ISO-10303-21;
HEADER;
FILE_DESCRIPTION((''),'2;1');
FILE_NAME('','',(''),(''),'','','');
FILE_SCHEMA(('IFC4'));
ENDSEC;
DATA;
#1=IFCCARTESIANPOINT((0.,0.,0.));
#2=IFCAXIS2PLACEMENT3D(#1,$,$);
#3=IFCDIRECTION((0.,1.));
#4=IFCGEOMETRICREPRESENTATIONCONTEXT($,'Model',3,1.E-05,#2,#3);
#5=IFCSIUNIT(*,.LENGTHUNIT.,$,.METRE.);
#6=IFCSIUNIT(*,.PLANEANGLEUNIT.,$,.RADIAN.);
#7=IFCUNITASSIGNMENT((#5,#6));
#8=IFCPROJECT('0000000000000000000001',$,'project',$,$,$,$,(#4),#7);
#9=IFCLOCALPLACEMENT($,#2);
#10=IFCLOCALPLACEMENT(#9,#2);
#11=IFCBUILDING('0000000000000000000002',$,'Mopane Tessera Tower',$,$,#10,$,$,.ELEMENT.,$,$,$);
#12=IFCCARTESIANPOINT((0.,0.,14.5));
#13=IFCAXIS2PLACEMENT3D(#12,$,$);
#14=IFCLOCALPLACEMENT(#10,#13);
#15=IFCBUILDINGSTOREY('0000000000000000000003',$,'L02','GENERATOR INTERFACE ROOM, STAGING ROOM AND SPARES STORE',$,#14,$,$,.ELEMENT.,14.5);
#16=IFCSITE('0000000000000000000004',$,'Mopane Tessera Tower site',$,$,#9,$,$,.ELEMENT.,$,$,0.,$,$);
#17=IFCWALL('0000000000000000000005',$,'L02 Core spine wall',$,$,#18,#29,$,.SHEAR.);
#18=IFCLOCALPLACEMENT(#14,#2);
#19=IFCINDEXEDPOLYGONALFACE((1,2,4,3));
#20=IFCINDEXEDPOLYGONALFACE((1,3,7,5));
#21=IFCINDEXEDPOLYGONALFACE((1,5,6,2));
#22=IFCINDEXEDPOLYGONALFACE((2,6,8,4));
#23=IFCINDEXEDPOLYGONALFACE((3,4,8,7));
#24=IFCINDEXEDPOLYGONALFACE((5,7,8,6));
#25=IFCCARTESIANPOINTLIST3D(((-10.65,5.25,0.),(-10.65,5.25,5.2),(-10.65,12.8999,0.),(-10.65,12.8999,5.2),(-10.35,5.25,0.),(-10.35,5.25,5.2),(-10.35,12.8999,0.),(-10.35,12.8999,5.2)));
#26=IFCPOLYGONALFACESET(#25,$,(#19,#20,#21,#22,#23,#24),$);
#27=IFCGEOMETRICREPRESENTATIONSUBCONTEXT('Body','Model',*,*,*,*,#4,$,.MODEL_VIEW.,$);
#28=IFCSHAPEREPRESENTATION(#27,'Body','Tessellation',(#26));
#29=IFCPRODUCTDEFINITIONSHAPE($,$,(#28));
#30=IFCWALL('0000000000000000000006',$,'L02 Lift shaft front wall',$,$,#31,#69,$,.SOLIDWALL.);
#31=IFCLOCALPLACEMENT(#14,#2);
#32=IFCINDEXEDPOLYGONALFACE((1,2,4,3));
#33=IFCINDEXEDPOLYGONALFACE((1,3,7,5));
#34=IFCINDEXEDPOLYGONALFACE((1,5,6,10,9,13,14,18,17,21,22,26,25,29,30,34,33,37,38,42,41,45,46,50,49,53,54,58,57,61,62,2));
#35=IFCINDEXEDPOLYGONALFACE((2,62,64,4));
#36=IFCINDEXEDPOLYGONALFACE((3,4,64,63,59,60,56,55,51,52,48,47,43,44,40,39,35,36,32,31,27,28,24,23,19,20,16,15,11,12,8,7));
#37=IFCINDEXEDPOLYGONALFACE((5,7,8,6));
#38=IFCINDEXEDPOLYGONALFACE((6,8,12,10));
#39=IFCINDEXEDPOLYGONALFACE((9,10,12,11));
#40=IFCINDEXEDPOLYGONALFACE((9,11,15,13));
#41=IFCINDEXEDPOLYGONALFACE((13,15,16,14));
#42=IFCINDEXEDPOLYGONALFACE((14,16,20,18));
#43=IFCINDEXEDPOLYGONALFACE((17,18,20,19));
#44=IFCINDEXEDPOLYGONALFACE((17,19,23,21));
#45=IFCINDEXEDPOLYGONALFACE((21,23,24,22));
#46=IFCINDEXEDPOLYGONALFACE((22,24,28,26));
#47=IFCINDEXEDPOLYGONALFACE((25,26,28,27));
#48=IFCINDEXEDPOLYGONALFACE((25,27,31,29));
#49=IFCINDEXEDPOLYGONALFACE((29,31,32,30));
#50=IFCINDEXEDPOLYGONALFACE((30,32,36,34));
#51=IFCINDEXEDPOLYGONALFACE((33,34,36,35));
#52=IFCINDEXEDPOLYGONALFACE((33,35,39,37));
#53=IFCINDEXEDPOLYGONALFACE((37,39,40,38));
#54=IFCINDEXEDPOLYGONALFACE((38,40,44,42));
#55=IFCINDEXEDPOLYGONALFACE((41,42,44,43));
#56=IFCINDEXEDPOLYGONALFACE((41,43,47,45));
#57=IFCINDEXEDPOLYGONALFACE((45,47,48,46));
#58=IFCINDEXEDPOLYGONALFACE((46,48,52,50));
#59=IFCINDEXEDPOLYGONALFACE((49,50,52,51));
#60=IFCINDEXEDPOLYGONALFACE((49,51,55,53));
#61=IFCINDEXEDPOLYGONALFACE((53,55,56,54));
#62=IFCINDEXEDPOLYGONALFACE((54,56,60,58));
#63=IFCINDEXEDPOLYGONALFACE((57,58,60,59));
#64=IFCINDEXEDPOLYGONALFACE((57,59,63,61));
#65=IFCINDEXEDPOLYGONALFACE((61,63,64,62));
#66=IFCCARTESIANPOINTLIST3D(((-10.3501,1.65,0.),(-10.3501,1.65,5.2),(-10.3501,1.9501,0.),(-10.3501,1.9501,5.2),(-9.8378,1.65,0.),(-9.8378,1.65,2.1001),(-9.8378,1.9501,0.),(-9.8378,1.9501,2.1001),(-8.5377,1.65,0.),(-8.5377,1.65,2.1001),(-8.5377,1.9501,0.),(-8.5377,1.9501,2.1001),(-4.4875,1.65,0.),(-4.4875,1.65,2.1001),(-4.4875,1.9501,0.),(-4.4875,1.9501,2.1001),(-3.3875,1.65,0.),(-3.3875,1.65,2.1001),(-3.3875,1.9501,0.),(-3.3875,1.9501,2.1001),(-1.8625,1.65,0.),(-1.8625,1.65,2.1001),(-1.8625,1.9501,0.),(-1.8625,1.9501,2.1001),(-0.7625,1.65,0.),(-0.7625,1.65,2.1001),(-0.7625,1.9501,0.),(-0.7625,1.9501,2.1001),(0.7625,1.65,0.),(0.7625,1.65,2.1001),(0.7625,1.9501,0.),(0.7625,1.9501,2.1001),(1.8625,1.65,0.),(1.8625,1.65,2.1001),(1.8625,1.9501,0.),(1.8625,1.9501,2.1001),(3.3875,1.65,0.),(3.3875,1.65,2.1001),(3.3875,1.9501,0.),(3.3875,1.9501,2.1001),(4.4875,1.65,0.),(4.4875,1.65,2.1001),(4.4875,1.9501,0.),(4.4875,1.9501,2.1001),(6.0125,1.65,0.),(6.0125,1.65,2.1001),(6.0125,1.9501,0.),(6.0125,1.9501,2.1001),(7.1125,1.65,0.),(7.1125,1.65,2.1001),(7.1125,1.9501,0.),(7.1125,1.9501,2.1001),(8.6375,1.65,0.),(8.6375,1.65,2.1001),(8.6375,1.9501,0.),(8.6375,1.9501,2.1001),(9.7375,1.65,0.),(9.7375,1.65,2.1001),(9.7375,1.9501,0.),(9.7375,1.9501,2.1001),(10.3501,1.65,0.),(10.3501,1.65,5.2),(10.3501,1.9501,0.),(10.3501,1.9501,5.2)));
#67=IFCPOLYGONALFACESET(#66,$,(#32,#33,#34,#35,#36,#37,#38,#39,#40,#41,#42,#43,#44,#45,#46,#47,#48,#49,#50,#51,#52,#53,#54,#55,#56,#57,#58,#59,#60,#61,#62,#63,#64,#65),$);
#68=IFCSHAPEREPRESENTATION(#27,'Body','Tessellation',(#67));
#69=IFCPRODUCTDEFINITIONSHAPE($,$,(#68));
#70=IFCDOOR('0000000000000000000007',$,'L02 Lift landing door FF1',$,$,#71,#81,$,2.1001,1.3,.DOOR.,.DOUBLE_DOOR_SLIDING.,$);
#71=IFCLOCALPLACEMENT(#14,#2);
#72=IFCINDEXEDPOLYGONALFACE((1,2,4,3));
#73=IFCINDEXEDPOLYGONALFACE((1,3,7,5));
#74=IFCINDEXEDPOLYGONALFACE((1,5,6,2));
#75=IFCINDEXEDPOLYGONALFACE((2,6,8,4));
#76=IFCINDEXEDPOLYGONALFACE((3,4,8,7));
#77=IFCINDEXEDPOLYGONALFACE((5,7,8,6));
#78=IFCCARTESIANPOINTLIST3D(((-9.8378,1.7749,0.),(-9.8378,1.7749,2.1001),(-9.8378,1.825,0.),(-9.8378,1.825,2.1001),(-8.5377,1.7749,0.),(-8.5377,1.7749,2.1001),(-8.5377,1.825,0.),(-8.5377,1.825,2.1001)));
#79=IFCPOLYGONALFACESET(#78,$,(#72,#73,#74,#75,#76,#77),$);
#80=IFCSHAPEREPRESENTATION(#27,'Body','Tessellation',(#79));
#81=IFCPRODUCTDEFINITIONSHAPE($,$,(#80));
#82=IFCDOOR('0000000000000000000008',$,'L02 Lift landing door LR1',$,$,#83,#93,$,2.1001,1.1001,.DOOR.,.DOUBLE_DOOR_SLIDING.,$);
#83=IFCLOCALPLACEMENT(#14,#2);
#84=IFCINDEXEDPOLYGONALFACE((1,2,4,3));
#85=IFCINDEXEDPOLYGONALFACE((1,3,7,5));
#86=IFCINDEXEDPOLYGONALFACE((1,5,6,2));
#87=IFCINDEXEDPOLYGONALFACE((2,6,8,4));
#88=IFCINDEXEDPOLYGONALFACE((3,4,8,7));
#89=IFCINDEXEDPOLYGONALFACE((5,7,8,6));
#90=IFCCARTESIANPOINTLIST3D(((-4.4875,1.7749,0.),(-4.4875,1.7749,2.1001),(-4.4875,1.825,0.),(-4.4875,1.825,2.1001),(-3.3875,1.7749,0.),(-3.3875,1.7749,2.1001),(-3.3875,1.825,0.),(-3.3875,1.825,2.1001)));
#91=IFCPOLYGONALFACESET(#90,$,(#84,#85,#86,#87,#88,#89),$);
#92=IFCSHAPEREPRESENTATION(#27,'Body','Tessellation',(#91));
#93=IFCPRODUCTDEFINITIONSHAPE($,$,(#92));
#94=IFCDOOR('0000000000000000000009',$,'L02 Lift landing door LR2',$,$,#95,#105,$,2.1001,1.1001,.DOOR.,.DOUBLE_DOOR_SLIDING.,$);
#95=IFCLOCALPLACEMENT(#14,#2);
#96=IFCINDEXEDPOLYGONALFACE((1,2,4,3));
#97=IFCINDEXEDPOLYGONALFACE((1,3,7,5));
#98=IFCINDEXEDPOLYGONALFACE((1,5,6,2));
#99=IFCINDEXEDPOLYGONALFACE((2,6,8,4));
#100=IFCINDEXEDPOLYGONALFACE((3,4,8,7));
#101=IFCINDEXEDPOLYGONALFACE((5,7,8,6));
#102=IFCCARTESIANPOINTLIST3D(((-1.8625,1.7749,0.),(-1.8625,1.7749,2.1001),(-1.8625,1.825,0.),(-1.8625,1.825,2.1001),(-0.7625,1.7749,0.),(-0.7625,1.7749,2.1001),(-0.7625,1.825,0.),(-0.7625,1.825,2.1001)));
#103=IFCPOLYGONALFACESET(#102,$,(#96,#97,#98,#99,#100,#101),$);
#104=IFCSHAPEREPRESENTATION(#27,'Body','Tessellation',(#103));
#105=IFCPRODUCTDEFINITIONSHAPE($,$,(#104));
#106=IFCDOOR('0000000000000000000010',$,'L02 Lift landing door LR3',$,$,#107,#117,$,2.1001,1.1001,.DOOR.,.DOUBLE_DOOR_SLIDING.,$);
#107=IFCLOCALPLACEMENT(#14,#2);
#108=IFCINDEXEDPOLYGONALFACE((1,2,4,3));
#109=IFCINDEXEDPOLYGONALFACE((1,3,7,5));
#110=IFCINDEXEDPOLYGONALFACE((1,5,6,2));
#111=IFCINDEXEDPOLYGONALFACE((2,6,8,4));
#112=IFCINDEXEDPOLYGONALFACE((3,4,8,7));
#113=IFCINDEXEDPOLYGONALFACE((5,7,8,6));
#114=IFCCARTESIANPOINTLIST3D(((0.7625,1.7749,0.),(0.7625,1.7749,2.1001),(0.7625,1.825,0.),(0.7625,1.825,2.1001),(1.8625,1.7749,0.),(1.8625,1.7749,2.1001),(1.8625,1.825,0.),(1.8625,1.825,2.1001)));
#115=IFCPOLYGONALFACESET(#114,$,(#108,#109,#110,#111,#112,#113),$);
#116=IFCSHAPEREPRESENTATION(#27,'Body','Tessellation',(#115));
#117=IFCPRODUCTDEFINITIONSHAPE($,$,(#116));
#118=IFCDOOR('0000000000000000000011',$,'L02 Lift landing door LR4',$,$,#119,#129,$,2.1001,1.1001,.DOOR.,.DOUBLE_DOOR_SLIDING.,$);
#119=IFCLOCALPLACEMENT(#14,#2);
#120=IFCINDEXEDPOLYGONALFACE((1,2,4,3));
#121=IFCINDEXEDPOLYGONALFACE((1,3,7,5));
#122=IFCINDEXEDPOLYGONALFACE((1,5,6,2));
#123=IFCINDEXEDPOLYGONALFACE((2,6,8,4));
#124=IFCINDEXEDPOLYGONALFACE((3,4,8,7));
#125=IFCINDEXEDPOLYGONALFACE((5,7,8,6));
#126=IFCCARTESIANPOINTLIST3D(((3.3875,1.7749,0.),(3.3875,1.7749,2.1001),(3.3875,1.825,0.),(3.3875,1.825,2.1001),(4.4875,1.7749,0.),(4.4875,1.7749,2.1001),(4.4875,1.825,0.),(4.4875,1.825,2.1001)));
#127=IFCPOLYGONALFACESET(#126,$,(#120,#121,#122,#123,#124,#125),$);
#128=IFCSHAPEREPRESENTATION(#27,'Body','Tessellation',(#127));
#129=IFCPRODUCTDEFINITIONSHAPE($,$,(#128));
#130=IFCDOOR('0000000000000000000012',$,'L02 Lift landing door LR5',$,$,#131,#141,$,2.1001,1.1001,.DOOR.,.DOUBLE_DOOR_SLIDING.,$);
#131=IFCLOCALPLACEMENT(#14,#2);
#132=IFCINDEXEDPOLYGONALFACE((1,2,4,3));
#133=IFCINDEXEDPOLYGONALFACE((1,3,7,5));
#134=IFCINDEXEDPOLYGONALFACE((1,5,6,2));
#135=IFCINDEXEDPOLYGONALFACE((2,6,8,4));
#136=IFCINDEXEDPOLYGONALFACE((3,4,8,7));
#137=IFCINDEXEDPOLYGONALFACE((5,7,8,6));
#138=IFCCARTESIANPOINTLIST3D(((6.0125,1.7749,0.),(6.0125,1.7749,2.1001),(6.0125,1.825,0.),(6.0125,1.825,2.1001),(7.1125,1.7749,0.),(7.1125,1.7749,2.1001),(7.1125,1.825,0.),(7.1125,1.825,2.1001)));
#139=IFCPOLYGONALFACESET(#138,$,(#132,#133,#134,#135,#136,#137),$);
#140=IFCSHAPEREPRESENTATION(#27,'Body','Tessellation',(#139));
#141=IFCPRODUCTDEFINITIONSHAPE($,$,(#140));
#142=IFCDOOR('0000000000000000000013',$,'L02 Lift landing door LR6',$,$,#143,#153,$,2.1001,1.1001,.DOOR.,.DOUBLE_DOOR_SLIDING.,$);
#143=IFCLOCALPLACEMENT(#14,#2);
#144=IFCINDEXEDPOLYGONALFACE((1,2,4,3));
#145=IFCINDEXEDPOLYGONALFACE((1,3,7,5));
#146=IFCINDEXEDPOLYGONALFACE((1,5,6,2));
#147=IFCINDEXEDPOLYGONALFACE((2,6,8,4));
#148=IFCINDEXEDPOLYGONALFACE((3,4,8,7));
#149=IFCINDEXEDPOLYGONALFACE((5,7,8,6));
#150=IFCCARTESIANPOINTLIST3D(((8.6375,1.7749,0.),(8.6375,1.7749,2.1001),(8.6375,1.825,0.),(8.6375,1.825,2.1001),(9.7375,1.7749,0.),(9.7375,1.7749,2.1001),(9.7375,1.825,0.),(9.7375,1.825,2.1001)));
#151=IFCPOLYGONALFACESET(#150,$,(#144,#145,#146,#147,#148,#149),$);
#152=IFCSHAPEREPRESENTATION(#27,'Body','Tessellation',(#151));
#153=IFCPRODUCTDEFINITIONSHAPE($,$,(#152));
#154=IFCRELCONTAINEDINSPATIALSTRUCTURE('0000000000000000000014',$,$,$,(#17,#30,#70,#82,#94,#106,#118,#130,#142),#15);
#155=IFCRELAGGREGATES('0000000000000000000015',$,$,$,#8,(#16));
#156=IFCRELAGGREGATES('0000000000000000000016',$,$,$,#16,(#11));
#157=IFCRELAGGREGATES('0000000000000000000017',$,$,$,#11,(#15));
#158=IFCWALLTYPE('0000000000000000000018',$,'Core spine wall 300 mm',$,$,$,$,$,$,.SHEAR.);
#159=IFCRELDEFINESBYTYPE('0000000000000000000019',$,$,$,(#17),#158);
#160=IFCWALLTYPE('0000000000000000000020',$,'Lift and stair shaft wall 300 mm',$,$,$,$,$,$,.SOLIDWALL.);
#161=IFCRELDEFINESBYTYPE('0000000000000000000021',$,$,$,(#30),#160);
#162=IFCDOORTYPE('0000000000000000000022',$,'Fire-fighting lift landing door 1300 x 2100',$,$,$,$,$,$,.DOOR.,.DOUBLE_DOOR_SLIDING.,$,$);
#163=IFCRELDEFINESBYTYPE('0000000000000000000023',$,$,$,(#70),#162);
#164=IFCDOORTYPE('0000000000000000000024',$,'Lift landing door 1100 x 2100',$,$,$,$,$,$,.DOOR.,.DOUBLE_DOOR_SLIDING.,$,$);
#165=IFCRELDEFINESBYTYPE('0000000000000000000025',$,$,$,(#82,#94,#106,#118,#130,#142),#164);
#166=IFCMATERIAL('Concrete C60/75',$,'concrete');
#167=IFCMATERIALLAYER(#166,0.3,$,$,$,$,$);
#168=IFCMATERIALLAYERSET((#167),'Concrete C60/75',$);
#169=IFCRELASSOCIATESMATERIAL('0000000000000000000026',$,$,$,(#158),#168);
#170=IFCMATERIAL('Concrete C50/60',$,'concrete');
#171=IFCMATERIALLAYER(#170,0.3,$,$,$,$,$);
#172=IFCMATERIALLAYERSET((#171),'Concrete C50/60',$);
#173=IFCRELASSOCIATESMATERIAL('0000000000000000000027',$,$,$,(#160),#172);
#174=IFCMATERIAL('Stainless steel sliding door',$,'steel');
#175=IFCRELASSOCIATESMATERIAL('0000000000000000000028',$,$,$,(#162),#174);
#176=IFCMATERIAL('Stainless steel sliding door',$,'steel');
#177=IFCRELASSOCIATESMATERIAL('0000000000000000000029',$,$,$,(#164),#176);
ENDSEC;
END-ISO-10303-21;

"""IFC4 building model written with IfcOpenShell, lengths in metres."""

from ifc_helpers import new_model, si_unit, direction, frame, frame_2d, origin, place, context, subcontext, project, spatial, rectangle, extrude, material, layer, layer_set, type_object, element, fill, save


model = new_model("IFC4")

# Units and contexts
model_context = context("Model", 3, precision=1e-05, world=origin(), true_north=direction((0.0, 1.0)))
body_context = subcontext(model_context, "Body", "Model", "MODEL_VIEW")
ifc_project = project(units=[si_unit("LENGTHUNIT", "METRE"), si_unit("PLANEANGLEUNIT", "RADIAN")], contexts=[model_context])

# Site, building, storey
site_placement = place(None, origin())
site = spatial("IfcSite", under=ifc_project, at=site_placement, Name="Mopane Tessera Tower site", CompositionType="ELEMENT", RefElevation=0.0)
building_placement = place(site_placement, origin())
building = spatial("IfcBuilding", under=site, at=building_placement, Name="Mopane Tessera Tower", CompositionType="ELEMENT")
storey_placement = place(building_placement, frame((0.0, 0.0, 14.5)))
storey = spatial("IfcBuildingStorey", under=building, at=storey_placement, Name="L02", Description="GENERATOR INTERFACE ROOM, STAGING ROOM AND SPARES STORE", CompositionType="ELEMENT", Elevation=14.5)

# Wall
ifc_material_1 = material(Name="Concrete C60/75", Category="concrete")
ifc_layer_1 = layer(ifc_material_1, 0.3)
ifc_layer_set_1 = layer_set([ifc_layer_1], Name="Concrete C60/75")
wall_type_1 = type_object("IfcWallType", Name="Core spine wall 300 mm", PredefinedType="SHEAR", material=ifc_layer_set_1)
wall_1_placement = place(storey_placement, frame((-10.5, 5.25, 0.0), z_axis=(0.0, 0.0, 1.0), x_axis=(0.0, 1.0, 0.0)))
element("IfcWall", 1, at=wall_1_placement, inside=storey, type_object=wall_type_1, Name="L02 Core spine wall", PredefinedType="SHEAR", context=body_context, shape_type="SweptSolid", body=[
    extrude(rectangle(XDim=7.6499, YDim=0.3, at=frame_2d((3.825, 0.0))), origin(), (0.0, 0.0, 1.0), 5.2),
])

# Wall, openings, doors
ifc_material_2 = material(Name="Concrete C50/60", Category="concrete")
ifc_layer_2 = layer(ifc_material_2, 0.3)
ifc_layer_set_2 = layer_set([ifc_layer_2], Name="Concrete C50/60")
wall_type_2 = type_object("IfcWallType", Name="Lift and stair shaft wall 300 mm", PredefinedType="SOLIDWALL", material=ifc_layer_set_2)
wall_2_placement = place(storey_placement, frame((-10.3501, 1.8, 0.0), z_axis=(0.0, 0.0, 1.0), x_axis=(1.0, 0.0, 0.0)))
wall_2 = element("IfcWall", 2, at=wall_2_placement, inside=storey, type_object=wall_type_2, Name="L02 Lift shaft front wall", PredefinedType="SOLIDWALL", context=body_context, shape_type="SweptSolid", body=[
    extrude(rectangle(XDim=20.7002, YDim=0.3, at=frame_2d((10.3501, 0.0))), origin(), (0.0, 0.0, 1.0), 5.2),
])
opening_1_placement = place(wall_2_placement, frame((0.5125, 0.0, 0.0)))
opening_1 = element("IfcOpeningElement", 3, at=opening_1_placement, cuts=wall_2, PredefinedType="OPENING", context=body_context, shape_type="SweptSolid", body=[
    extrude(rectangle(XDim=1.3, YDim=2.1001, at=frame_2d((0.6499, 1.05))), frame((0.0, 0.1621, 0.0), z_axis=(0.0, -1.0, 0.0), x_axis=(1.0, 0.0, 0.0)), (0.0, 0.0, 1.0), 0.324),
])
opening_2_placement = place(wall_2_placement, frame((5.8625, 0.0, 0.0)))
opening_2 = element("IfcOpeningElement", 4, at=opening_2_placement, cuts=wall_2, PredefinedType="OPENING", context=body_context, shape_type="SweptSolid", body=[
    extrude(rectangle(XDim=1.1001, YDim=2.1001, at=frame_2d((0.55, 1.05))), frame((0.0, 0.1621, 0.0), z_axis=(0.0, -1.0, 0.0), x_axis=(1.0, 0.0, 0.0)), (0.0, 0.0, 1.0), 0.324),
])
opening_3_placement = place(wall_2_placement, frame((8.4875, 0.0, 0.0)))
opening_3 = element("IfcOpeningElement", 5, at=opening_3_placement, cuts=wall_2, PredefinedType="OPENING", context=body_context, shape_type="SweptSolid", body=[
    extrude(rectangle(XDim=1.1001, YDim=2.1001, at=frame_2d((0.55, 1.05))), frame((0.0, 0.1621, 0.0), z_axis=(0.0, -1.0, 0.0), x_axis=(1.0, 0.0, 0.0)), (0.0, 0.0, 1.0), 0.324),
])
opening_4_placement = place(wall_2_placement, frame((11.1125, 0.0, 0.0)))
opening_4 = element("IfcOpeningElement", 6, at=opening_4_placement, cuts=wall_2, PredefinedType="OPENING", context=body_context, shape_type="SweptSolid", body=[
    extrude(rectangle(XDim=1.1001, YDim=2.1001, at=frame_2d((0.55, 1.05))), frame((0.0, 0.1621, 0.0), z_axis=(0.0, -1.0, 0.0), x_axis=(1.0, 0.0, 0.0)), (0.0, 0.0, 1.0), 0.324),
])
opening_5_placement = place(wall_2_placement, frame((13.7375, 0.0, 0.0)))
opening_5 = element("IfcOpeningElement", 7, at=opening_5_placement, cuts=wall_2, PredefinedType="OPENING", context=body_context, shape_type="SweptSolid", body=[
    extrude(rectangle(XDim=1.1001, YDim=2.1001, at=frame_2d((0.55, 1.05))), frame((0.0, 0.1621, 0.0), z_axis=(0.0, -1.0, 0.0), x_axis=(1.0, 0.0, 0.0)), (0.0, 0.0, 1.0), 0.324),
])
opening_6_placement = place(wall_2_placement, frame((16.3625, 0.0, 0.0)))
opening_6 = element("IfcOpeningElement", 8, at=opening_6_placement, cuts=wall_2, PredefinedType="OPENING", context=body_context, shape_type="SweptSolid", body=[
    extrude(rectangle(XDim=1.1001, YDim=2.1001, at=frame_2d((0.55, 1.05))), frame((0.0, 0.1621, 0.0), z_axis=(0.0, -1.0, 0.0), x_axis=(1.0, 0.0, 0.0)), (0.0, 0.0, 1.0), 0.324),
])
opening_7_placement = place(wall_2_placement, frame((18.9875, 0.0, 0.0)))
opening_7 = element("IfcOpeningElement", 9, at=opening_7_placement, cuts=wall_2, PredefinedType="OPENING", context=body_context, shape_type="SweptSolid", body=[
    extrude(rectangle(XDim=1.1001, YDim=2.1001, at=frame_2d((0.55, 1.05))), frame((0.0, 0.1621, 0.0), z_axis=(0.0, -1.0, 0.0), x_axis=(1.0, 0.0, 0.0)), (0.0, 0.0, 1.0), 0.324),
])
ifc_material_3 = material(Name="Stainless steel sliding door", Category="steel")
door_type_1 = type_object("IfcDoorType", Name="Fire-fighting lift landing door 1300 x 2100", OperationType="DOUBLE_DOOR_SLIDING", PredefinedType="DOOR", material=ifc_material_3)
door_1_placement = place(opening_1_placement, origin())
door_1 = element("IfcDoor", 10, at=door_1_placement, inside=storey, type_object=door_type_1, Name="L02 Lift landing door FF1", OperationType="DOUBLE_DOOR_SLIDING", OverallHeight=2.1001, OverallWidth=1.3, PredefinedType="DOOR", context=body_context, shape_type="SweptSolid", body=[
    extrude(rectangle(XDim=1.3, YDim=2.1001, at=frame_2d((0.6499, 1.05))), frame((0.0, 0.0249, 0.0), z_axis=(0.0, -1.0, 0.0), x_axis=(1.0, 0.0, 0.0)), (0.0, 0.0, 1.0), 0.05),
])
fill(opening_1, door_1)
ifc_material_4 = material(Name="Stainless steel sliding door", Category="steel")
door_type_2 = type_object("IfcDoorType", Name="Lift landing door 1100 x 2100", OperationType="DOUBLE_DOOR_SLIDING", PredefinedType="DOOR", material=ifc_material_4)
door_2_placement = place(opening_2_placement, origin())
door_2 = element("IfcDoor", 11, at=door_2_placement, inside=storey, type_object=door_type_2, Name="L02 Lift landing door LR1", OperationType="DOUBLE_DOOR_SLIDING", OverallHeight=2.1001, OverallWidth=1.1001, PredefinedType="DOOR", context=body_context, shape_type="SweptSolid", body=[
    extrude(rectangle(XDim=1.1001, YDim=2.1001, at=frame_2d((0.55, 1.05))), frame((0.0, 0.0249, 0.0), z_axis=(0.0, -1.0, 0.0), x_axis=(1.0, 0.0, 0.0)), (0.0, 0.0, 1.0), 0.05),
])
fill(opening_2, door_2)
door_3_placement = place(opening_3_placement, origin())
door_3 = element("IfcDoor", 12, at=door_3_placement, inside=storey, type_object=door_type_2, Name="L02 Lift landing door LR2", OperationType="DOUBLE_DOOR_SLIDING", OverallHeight=2.1001, OverallWidth=1.1001, PredefinedType="DOOR", context=body_context, shape_type="SweptSolid", body=[
    extrude(rectangle(XDim=1.1001, YDim=2.1001, at=frame_2d((0.55, 1.05))), frame((0.0, 0.0249, 0.0), z_axis=(0.0, -1.0, 0.0), x_axis=(1.0, 0.0, 0.0)), (0.0, 0.0, 1.0), 0.05),
])
fill(opening_3, door_3)
door_4_placement = place(opening_4_placement, origin())
door_4 = element("IfcDoor", 13, at=door_4_placement, inside=storey, type_object=door_type_2, Name="L02 Lift landing door LR3", OperationType="DOUBLE_DOOR_SLIDING", OverallHeight=2.1001, OverallWidth=1.1001, PredefinedType="DOOR", context=body_context, shape_type="SweptSolid", body=[
    extrude(rectangle(XDim=1.1001, YDim=2.1001, at=frame_2d((0.55, 1.05))), frame((0.0, 0.0249, 0.0), z_axis=(0.0, -1.0, 0.0), x_axis=(1.0, 0.0, 0.0)), (0.0, 0.0, 1.0), 0.05),
])
fill(opening_4, door_4)
door_5_placement = place(opening_5_placement, origin())
door_5 = element("IfcDoor", 14, at=door_5_placement, inside=storey, type_object=door_type_2, Name="L02 Lift landing door LR4", OperationType="DOUBLE_DOOR_SLIDING", OverallHeight=2.1001, OverallWidth=1.1001, PredefinedType="DOOR", context=body_context, shape_type="SweptSolid", body=[
    extrude(rectangle(XDim=1.1001, YDim=2.1001, at=frame_2d((0.55, 1.05))), frame((0.0, 0.0249, 0.0), z_axis=(0.0, -1.0, 0.0), x_axis=(1.0, 0.0, 0.0)), (0.0, 0.0, 1.0), 0.05),
])
fill(opening_5, door_5)
door_6_placement = place(opening_6_placement, origin())
door_6 = element("IfcDoor", 15, at=door_6_placement, inside=storey, type_object=door_type_2, Name="L02 Lift landing door LR5", OperationType="DOUBLE_DOOR_SLIDING", OverallHeight=2.1001, OverallWidth=1.1001, PredefinedType="DOOR", context=body_context, shape_type="SweptSolid", body=[
    extrude(rectangle(XDim=1.1001, YDim=2.1001, at=frame_2d((0.55, 1.05))), frame((0.0, 0.0249, 0.0), z_axis=(0.0, -1.0, 0.0), x_axis=(1.0, 0.0, 0.0)), (0.0, 0.0, 1.0), 0.05),
])
fill(opening_6, door_6)
door_7_placement = place(opening_7_placement, origin())
door_7 = element("IfcDoor", 16, at=door_7_placement, inside=storey, type_object=door_type_2, Name="L02 Lift landing door LR6", OperationType="DOUBLE_DOOR_SLIDING", OverallHeight=2.1001, OverallWidth=1.1001, PredefinedType="DOOR", context=body_context, shape_type="SweptSolid", body=[
    extrude(rectangle(XDim=1.1001, YDim=2.1001, at=frame_2d((0.55, 1.05))), frame((0.0, 0.0249, 0.0), z_axis=(0.0, -1.0, 0.0), x_axis=(1.0, 0.0, 0.0)), (0.0, 0.0, 1.0), 0.05),
])
fill(opening_7, door_7)

save(model, "model.ifc")
